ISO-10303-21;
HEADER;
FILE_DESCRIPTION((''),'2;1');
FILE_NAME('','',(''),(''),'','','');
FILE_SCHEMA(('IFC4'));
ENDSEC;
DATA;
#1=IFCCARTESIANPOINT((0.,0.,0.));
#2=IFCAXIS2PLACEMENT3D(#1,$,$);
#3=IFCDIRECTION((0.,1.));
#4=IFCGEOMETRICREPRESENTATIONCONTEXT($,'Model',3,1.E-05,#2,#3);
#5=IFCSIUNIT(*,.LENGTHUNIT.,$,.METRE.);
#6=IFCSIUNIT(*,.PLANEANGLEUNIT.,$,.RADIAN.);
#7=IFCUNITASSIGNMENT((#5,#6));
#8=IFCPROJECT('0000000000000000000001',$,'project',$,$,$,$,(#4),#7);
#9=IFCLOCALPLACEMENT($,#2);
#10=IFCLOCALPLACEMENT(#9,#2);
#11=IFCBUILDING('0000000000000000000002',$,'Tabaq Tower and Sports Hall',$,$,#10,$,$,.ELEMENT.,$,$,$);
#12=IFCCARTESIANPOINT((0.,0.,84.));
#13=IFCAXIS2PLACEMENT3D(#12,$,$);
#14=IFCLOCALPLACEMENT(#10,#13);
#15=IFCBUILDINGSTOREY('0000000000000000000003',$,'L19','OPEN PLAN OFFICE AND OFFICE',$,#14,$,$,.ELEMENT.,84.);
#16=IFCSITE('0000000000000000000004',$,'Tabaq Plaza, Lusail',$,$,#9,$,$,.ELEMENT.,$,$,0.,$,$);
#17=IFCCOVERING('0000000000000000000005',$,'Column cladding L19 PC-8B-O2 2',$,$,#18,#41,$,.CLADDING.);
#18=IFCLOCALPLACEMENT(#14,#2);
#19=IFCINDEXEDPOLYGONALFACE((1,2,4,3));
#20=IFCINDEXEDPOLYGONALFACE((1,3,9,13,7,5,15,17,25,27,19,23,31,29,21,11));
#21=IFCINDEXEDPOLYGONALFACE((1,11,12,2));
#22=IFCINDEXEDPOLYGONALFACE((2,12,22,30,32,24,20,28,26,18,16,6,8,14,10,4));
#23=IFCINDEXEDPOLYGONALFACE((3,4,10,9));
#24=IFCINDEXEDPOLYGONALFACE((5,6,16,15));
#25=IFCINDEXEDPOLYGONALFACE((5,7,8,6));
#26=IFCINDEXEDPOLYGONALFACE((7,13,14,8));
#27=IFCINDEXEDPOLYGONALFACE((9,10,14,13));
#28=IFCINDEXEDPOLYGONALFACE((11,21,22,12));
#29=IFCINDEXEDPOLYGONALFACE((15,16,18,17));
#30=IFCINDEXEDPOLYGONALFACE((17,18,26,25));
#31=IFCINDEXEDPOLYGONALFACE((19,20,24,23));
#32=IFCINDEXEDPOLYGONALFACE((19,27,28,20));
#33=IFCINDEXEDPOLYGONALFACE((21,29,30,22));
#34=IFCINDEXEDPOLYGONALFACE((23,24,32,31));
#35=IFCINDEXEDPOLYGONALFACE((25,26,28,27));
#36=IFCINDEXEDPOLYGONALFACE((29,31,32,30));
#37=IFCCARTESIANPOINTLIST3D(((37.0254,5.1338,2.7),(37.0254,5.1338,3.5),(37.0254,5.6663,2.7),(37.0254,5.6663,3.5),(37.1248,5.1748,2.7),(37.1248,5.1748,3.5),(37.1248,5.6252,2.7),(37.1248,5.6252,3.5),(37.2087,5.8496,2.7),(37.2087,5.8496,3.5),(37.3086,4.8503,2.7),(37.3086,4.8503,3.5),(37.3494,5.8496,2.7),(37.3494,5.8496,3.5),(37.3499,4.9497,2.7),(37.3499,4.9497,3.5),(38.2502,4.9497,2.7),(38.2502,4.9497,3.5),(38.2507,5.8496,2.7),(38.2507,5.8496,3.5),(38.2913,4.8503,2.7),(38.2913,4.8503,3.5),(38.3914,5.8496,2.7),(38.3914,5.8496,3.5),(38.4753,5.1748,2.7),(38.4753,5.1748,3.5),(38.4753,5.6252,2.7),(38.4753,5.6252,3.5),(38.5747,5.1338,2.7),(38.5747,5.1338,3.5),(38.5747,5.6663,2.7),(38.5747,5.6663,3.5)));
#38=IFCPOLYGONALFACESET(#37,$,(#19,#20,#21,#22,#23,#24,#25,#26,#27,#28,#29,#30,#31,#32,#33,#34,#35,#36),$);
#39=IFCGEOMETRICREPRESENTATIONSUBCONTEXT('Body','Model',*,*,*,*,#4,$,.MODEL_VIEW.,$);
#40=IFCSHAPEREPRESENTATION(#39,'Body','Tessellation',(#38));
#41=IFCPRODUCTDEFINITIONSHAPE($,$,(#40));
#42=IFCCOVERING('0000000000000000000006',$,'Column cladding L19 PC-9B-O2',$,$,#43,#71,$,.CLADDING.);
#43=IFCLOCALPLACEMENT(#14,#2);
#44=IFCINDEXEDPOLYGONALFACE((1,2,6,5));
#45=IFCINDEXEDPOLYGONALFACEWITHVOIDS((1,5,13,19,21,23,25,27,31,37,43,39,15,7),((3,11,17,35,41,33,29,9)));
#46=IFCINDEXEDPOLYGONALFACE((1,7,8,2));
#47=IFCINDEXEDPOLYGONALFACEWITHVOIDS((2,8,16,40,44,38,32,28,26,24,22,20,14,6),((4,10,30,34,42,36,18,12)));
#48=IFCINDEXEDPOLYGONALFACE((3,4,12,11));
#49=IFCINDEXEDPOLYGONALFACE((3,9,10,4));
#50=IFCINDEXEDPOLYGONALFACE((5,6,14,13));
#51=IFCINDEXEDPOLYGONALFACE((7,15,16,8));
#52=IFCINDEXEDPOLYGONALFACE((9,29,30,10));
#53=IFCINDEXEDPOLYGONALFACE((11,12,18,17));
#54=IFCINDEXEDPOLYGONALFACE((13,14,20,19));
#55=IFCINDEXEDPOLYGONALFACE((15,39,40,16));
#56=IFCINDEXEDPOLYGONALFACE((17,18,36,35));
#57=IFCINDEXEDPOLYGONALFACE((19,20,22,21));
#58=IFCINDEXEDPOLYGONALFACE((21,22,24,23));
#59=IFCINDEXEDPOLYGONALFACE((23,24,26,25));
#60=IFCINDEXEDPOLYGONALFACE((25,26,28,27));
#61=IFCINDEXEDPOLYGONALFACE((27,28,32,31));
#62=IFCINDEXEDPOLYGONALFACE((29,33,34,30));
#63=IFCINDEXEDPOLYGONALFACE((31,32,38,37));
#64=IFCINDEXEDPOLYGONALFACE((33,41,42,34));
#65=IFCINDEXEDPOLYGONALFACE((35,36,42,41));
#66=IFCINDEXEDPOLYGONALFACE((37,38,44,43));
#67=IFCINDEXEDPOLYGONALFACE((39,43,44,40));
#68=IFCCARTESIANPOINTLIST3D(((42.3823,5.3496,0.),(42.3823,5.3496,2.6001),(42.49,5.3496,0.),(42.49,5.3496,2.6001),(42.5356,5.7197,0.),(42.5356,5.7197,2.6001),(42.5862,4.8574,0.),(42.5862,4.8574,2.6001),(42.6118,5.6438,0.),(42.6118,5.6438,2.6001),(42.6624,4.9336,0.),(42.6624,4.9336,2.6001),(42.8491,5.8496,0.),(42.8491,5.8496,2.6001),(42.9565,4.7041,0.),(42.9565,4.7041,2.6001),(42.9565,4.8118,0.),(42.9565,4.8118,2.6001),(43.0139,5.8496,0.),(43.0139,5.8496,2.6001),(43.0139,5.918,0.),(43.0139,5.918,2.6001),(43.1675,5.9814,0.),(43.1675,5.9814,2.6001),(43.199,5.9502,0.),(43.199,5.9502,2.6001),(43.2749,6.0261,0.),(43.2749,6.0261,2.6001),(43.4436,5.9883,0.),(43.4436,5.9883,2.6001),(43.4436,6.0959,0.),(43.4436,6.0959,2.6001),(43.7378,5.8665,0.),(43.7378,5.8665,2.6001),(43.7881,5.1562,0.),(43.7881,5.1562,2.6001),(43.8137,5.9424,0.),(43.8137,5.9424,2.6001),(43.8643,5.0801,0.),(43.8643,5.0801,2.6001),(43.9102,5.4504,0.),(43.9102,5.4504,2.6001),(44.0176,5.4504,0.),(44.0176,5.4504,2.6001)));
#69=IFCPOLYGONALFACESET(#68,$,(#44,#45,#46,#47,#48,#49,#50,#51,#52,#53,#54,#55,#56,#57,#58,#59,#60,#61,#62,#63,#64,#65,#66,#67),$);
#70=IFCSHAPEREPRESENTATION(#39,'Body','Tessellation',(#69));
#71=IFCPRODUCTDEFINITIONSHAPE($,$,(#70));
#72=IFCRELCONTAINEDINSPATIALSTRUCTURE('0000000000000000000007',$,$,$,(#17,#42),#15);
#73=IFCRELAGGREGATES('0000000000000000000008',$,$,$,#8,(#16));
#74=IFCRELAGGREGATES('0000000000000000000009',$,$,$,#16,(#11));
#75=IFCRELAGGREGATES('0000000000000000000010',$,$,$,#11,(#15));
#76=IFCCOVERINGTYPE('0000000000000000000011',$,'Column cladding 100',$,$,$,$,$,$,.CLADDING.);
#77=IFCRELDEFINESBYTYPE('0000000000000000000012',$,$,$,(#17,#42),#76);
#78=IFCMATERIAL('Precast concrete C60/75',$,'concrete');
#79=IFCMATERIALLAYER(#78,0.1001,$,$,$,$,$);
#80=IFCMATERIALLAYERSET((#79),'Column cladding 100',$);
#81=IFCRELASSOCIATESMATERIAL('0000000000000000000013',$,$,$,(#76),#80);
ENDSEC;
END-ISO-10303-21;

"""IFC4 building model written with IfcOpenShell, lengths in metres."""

from ifc_helpers import new_model, si_unit, direction, frame, origin, place, context, subcontext, project, spatial, polyline, outline, extrude, material, layer, layer_set, type_object, element, save


model = new_model("IFC4")

# Units and contexts
model_context = context("Model", 3, precision=1e-05, world=origin(), true_north=direction((0.0, 1.0)))
body_context = subcontext(model_context, "Body", "Model", "MODEL_VIEW")
ifc_project = project(units=[si_unit("LENGTHUNIT", "METRE"), si_unit("PLANEANGLEUNIT", "RADIAN")], contexts=[model_context])

# Site, building, storey
site_placement = place(None, origin())
site = spatial("IfcSite", under=ifc_project, at=site_placement, Name="Tabaq Plaza, Lusail", CompositionType="ELEMENT", RefElevation=0.0)
building_placement = place(site_placement, origin())
building = spatial("IfcBuilding", under=site, at=building_placement, Name="Tabaq Tower and Sports Hall", CompositionType="ELEMENT")
storey_placement = place(building_placement, frame((0.0, 0.0, 84.0)))
storey = spatial("IfcBuildingStorey", under=building, at=storey_placement, Name="L19", Description="OPEN PLAN OFFICE AND OFFICE", CompositionType="ELEMENT", Elevation=84.0)

# Coverings
ifc_material_1 = material(Name="Precast concrete C60/75", Category="concrete")
ifc_layer_1 = layer(ifc_material_1, 0.1001)
ifc_layer_set_1 = layer_set([ifc_layer_1], Name="Column cladding 100")
covering_type = type_object("IfcCoveringType", Name="Column cladding 100", PredefinedType="CLADDING", material=ifc_layer_set_1)
covering_1_placement = place(storey_placement, frame((0.0, 0.0, 2.7)))
element("IfcCovering", 1, at=covering_1_placement, inside=storey, type_object=covering_type, Name="Column cladding L19 PC-8B-O2 2", PredefinedType="CLADDING", context=body_context, shape_type="SweptSolid", body=[
    extrude(outline(polyline([(37.0254, 5.6663), (37.2087, 5.8496), (37.3494, 5.8496), (37.1248, 5.6252), (37.1248, 5.1748), (37.3499, 4.9497), (38.2502, 4.9497), (38.4753, 5.1748), (38.4753, 5.6252), (38.2507, 5.8496), (38.3914, 5.8496), (38.5747, 5.6663), (38.5747, 5.1338), (38.2913, 4.8503), (37.3086, 4.8503), (37.0254, 5.1338), (37.0254, 5.6663)])), origin(), (0.0, 0.0, 1.0), 0.8),
])
covering_2_placement = place(storey_placement, origin())
element("IfcCovering", 2, at=covering_2_placement, inside=storey, type_object=covering_type, Name="Column cladding L19 PC-9B-O2", PredefinedType="CLADDING", context=body_context, shape_type="SweptSolid", body=[
    extrude(outline(polyline([(42.3823, 5.3496), (42.5356, 5.7197), (42.8491, 5.8496), (43.0139, 5.8496), (43.0139, 5.918), (43.1675, 5.9814), (43.199, 5.9502), (43.2749, 6.0261), (43.4436, 6.0959), (43.8137, 5.9424), (44.0176, 5.4504), (43.8643, 5.0801), (42.9565, 4.7041), (42.5862, 4.8574), (42.3823, 5.3496)]), holes=[polyline([(43.9102, 5.4504), (43.7378, 5.8665), (43.4436, 5.9883), (42.6118, 5.6438), (42.49, 5.3496), (42.6624, 4.9336), (42.9565, 4.8118), (43.7881, 5.1562), (43.9102, 5.4504)])]), origin(), (0.0, 0.0, 1.0), 2.6001),
])

save(model, "model.ifc")
